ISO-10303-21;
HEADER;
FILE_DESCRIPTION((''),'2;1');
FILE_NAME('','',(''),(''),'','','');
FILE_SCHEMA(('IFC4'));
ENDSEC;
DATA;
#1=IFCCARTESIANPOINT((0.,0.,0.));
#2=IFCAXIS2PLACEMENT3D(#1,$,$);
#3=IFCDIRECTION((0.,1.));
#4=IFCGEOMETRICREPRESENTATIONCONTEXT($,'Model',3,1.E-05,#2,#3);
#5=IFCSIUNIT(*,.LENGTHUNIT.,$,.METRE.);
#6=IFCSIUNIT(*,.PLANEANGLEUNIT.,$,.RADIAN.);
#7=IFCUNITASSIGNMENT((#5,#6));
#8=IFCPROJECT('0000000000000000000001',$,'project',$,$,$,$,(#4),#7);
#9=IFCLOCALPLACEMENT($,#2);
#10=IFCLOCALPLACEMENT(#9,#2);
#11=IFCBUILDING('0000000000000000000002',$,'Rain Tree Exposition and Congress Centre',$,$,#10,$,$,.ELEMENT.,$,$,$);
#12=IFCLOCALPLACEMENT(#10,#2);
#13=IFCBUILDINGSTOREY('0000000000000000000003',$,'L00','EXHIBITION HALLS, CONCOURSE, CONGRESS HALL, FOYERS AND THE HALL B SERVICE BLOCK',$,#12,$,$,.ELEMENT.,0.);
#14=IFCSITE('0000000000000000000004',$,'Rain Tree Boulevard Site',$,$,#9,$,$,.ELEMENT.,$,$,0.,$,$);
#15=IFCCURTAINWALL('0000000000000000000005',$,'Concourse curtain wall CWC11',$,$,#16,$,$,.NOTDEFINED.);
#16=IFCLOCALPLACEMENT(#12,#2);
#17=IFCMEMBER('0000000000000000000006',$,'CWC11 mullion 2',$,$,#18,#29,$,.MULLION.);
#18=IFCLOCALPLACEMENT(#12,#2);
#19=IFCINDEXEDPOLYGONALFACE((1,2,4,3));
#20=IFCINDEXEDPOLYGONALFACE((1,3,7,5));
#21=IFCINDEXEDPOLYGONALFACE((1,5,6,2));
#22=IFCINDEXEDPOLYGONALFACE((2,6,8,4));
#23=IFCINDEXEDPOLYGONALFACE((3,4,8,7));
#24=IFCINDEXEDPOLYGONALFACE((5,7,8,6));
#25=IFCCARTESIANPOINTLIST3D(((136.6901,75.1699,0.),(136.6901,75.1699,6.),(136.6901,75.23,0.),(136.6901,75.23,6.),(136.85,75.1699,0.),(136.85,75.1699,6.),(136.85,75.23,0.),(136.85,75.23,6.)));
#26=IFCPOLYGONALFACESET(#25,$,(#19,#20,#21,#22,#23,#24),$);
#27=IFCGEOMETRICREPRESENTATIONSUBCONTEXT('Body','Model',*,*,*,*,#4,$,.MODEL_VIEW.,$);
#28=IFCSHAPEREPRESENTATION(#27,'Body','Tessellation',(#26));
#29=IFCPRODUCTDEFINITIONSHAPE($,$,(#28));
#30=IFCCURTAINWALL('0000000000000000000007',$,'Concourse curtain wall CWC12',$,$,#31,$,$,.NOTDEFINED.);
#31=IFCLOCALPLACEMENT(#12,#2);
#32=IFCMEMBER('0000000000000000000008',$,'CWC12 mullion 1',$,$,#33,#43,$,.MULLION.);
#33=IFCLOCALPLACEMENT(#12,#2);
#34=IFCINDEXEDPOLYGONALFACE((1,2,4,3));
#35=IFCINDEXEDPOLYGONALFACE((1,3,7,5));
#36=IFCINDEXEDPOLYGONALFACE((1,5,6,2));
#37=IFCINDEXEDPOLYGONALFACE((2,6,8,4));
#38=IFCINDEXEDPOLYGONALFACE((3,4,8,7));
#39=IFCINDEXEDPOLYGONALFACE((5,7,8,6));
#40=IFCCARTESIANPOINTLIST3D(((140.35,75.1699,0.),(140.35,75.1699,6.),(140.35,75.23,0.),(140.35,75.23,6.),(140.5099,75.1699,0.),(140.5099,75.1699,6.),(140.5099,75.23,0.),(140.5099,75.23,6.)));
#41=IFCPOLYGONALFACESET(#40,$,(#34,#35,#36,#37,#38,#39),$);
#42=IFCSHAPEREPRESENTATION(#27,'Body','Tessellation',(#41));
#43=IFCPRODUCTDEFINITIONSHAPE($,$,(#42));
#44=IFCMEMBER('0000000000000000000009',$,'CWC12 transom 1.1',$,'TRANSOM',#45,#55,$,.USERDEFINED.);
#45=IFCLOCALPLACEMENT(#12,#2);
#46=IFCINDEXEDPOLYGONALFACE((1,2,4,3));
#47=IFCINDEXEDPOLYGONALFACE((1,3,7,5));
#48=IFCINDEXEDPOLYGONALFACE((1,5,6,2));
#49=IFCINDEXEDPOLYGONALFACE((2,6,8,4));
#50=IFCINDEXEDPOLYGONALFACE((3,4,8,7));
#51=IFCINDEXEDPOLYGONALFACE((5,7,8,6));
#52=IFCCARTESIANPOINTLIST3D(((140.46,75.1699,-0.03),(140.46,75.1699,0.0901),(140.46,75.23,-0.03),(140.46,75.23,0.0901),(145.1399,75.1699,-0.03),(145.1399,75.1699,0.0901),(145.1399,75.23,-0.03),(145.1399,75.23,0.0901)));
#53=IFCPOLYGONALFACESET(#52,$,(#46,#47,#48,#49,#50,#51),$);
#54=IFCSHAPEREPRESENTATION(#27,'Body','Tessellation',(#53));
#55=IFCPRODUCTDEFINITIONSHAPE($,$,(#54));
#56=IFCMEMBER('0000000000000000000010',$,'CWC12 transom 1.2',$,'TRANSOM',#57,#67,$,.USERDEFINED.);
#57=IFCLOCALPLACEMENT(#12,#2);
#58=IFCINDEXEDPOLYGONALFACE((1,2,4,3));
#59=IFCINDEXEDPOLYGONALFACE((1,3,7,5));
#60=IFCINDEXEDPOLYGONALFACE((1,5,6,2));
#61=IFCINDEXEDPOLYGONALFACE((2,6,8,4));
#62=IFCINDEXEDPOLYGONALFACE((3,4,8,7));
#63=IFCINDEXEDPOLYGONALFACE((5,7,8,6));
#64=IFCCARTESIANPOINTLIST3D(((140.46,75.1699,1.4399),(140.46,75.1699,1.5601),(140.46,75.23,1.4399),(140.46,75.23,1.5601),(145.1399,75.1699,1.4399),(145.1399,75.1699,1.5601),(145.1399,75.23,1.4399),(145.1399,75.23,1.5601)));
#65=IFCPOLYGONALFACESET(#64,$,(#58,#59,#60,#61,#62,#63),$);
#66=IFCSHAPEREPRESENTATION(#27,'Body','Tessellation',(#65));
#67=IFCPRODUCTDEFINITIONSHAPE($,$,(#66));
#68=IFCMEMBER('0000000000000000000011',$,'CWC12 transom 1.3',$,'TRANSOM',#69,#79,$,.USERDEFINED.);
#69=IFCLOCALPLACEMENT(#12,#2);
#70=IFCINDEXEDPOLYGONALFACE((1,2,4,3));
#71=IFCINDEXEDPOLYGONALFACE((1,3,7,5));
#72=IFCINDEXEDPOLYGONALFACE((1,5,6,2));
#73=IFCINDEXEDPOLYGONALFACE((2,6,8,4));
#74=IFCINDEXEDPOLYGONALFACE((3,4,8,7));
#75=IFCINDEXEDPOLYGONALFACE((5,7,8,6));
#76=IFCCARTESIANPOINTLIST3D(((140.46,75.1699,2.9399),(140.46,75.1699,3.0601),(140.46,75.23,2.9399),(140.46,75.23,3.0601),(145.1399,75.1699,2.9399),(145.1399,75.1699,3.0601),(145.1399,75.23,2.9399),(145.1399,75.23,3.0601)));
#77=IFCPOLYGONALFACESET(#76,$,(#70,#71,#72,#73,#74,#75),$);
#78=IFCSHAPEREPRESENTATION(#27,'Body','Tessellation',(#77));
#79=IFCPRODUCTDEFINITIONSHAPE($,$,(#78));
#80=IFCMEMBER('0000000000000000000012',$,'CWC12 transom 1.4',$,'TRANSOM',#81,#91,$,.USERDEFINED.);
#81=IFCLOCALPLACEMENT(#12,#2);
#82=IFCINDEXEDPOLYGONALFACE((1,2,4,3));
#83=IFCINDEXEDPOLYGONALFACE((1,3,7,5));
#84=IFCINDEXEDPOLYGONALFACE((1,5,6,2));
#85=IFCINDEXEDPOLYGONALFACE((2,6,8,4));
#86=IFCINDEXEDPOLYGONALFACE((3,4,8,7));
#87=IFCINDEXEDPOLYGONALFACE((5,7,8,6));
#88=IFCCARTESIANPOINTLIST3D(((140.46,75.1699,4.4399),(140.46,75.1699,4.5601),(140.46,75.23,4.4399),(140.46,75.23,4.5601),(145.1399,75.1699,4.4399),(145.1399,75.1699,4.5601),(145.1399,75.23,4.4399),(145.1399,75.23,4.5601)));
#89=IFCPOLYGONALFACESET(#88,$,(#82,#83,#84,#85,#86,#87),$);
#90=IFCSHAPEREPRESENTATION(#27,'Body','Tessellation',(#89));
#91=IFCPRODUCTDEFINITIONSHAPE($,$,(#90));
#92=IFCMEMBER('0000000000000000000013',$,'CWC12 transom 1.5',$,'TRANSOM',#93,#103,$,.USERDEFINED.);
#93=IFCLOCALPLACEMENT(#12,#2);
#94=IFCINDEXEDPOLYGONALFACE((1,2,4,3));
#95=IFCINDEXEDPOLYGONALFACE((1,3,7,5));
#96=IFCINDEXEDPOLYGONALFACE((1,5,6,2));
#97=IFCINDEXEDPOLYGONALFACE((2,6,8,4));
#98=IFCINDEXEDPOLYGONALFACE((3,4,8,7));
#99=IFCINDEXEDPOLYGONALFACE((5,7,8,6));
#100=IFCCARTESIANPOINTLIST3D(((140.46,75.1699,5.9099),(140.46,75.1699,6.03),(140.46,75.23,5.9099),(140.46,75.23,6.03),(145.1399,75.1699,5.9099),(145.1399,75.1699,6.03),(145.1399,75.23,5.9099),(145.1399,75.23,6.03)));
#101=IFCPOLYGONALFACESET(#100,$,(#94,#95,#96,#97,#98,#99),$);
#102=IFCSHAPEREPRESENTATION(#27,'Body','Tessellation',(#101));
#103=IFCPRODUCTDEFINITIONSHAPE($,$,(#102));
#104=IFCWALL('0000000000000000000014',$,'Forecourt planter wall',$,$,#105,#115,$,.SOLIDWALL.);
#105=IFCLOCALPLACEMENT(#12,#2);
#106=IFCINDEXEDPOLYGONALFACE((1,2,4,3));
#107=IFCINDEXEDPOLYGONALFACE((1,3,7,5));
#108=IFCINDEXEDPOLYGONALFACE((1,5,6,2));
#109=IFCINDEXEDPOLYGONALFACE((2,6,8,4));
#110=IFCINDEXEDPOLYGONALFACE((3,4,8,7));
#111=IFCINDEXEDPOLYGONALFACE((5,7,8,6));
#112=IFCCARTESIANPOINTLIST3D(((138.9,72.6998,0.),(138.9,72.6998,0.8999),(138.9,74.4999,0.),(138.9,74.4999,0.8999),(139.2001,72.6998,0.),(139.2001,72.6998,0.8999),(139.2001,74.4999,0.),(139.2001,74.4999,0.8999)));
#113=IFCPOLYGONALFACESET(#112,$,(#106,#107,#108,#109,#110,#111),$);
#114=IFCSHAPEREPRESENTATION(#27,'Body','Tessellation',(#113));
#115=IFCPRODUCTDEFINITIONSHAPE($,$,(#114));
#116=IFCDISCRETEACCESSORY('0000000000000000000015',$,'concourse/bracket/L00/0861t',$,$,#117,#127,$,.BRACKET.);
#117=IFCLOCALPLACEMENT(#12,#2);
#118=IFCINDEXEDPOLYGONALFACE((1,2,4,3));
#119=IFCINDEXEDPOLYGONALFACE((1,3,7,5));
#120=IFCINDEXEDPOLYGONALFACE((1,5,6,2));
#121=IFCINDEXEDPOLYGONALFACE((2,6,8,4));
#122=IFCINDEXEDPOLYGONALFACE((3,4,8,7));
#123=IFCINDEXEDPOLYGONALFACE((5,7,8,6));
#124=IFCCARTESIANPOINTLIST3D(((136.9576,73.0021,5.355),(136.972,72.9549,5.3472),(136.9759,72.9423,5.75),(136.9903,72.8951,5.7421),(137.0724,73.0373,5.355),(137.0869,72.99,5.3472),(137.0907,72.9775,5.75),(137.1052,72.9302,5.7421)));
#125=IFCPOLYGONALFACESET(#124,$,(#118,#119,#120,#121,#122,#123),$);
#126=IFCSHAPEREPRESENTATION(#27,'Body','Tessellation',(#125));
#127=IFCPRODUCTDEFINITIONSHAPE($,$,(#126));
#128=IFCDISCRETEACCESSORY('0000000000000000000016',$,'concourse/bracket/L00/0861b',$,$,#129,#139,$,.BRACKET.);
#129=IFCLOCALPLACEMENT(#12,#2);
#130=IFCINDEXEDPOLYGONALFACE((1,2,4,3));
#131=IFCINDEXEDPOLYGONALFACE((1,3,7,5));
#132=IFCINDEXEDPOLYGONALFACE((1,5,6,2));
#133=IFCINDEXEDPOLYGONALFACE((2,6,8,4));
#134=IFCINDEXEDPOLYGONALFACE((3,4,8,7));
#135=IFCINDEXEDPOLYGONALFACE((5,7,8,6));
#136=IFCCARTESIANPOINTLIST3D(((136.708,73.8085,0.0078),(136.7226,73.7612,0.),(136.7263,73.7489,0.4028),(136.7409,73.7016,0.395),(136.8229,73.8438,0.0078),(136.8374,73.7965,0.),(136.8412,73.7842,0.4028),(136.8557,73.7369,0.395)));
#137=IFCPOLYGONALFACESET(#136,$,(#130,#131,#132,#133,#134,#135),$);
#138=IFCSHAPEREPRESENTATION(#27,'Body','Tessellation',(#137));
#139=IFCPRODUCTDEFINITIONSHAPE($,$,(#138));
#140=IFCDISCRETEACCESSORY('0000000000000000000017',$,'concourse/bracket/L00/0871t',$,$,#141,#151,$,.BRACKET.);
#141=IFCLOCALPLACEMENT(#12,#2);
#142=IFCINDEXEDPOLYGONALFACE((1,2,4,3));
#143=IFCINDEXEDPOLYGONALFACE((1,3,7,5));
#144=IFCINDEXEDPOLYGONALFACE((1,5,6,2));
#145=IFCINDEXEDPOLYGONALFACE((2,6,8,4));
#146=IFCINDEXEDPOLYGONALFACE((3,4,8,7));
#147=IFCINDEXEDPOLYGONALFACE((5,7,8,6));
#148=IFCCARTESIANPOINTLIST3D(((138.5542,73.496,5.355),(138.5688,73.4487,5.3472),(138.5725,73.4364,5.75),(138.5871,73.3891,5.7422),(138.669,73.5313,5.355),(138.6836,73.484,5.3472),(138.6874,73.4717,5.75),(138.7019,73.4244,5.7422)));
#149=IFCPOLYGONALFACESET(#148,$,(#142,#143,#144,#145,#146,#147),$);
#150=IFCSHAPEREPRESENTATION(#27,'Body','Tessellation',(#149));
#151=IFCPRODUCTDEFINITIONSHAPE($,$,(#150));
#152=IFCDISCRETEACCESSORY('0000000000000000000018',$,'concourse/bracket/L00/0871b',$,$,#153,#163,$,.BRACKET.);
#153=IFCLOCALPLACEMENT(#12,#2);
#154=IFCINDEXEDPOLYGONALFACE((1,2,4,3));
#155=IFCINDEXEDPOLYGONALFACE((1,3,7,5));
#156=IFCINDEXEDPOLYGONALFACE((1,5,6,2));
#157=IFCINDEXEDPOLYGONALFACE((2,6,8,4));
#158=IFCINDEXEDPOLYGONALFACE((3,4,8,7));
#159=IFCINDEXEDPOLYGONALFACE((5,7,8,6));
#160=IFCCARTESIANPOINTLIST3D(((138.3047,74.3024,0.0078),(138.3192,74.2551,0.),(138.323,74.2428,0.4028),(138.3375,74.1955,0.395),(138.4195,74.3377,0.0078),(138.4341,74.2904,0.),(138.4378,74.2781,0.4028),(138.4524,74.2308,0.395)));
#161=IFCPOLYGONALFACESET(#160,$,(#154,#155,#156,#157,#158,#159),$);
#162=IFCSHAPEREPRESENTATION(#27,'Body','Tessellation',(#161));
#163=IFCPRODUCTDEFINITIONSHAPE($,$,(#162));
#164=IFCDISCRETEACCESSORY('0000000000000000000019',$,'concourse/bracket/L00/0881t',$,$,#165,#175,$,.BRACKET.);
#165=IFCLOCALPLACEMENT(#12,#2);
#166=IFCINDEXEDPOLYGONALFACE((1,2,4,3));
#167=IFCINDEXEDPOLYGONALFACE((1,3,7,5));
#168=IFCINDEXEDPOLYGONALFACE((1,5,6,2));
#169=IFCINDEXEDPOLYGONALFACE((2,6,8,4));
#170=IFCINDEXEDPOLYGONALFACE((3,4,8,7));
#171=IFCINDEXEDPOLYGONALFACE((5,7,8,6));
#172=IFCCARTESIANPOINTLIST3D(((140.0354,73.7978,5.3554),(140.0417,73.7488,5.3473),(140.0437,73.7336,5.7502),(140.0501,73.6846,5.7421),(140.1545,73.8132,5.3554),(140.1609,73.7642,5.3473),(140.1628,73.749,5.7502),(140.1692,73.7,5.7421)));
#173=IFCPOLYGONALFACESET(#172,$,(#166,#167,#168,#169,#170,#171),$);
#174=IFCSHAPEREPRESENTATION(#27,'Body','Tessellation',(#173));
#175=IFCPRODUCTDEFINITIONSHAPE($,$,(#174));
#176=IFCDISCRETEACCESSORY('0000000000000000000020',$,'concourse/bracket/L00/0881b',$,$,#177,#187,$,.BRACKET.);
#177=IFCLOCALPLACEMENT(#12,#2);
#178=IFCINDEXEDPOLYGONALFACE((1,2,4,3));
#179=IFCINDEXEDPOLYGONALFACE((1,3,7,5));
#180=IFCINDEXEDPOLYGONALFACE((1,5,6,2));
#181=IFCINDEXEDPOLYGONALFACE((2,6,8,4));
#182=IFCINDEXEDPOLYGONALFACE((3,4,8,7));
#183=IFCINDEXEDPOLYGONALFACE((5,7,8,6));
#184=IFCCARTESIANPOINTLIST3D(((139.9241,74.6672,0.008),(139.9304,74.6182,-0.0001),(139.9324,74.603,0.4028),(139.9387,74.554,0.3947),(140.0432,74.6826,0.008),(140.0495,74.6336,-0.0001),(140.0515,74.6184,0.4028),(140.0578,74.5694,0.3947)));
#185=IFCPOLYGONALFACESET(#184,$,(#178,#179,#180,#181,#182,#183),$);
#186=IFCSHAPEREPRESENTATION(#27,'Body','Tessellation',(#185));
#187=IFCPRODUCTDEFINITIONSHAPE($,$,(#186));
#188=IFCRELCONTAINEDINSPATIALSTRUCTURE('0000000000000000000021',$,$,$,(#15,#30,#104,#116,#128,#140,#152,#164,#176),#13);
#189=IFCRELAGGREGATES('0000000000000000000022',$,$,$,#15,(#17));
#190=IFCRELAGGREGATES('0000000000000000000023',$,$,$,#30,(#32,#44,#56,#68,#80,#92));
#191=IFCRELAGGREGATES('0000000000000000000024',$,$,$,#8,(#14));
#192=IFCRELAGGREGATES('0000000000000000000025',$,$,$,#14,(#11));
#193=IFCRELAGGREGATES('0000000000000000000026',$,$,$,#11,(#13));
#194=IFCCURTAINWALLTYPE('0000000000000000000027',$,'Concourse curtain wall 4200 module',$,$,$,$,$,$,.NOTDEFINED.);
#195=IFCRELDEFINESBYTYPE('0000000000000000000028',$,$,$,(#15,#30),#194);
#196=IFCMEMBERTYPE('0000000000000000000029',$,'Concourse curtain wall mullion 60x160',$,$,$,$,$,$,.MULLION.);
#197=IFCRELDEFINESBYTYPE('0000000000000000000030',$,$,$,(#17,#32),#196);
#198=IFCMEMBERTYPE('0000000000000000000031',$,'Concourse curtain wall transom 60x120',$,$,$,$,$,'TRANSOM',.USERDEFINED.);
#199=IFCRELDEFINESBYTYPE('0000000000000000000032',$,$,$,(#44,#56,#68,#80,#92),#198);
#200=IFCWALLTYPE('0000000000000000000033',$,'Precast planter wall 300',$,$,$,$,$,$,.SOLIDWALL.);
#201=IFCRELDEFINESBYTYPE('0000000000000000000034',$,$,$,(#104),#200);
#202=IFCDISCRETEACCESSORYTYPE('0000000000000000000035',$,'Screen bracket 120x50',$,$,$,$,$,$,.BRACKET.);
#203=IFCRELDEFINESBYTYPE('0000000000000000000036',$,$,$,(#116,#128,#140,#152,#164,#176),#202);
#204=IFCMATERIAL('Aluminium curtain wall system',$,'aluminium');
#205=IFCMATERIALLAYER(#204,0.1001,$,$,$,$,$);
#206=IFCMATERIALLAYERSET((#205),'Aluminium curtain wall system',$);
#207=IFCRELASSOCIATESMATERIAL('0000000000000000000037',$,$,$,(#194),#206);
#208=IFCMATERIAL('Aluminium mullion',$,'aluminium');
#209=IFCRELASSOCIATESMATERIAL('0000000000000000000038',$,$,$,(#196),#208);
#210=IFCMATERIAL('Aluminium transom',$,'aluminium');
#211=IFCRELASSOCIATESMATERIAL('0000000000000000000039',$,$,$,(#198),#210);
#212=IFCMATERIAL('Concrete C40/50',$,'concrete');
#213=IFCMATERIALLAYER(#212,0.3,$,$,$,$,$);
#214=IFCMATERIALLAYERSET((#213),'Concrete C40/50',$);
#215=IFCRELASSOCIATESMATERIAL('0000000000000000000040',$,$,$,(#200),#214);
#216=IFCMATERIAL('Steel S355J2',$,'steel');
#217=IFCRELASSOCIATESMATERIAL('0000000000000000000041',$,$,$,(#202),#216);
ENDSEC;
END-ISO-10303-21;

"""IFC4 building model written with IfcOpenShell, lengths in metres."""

from ifc_helpers import new_model, si_unit, direction, frame, frame_2d, origin, origin_2d, place, context, subcontext, project, spatial, rectangle, extrude, material, layer, layer_set, material_profile, profile_set, type_object, element, aggregate, save


model = new_model("IFC4")

# Units and contexts
model_context = context("Model", 3, precision=1e-05, world=origin(), true_north=direction((0.0, 1.0)))
body_context = subcontext(model_context, "Body", "Model", "MODEL_VIEW")
ifc_project = project(units=[si_unit("LENGTHUNIT", "METRE"), si_unit("PLANEANGLEUNIT", "RADIAN")], contexts=[model_context])

# Site, building, storey
site_placement = place(None, origin())
site = spatial("IfcSite", under=ifc_project, at=site_placement, Name="Rain Tree Boulevard Site", CompositionType="ELEMENT", RefElevation=0.0)
building_placement = place(site_placement, origin())
building = spatial("IfcBuilding", under=site, at=building_placement, Name="Rain Tree Exposition and Congress Centre", CompositionType="ELEMENT")
storey_placement = place(building_placement, origin())
storey = spatial("IfcBuildingStorey", under=building, at=storey_placement, Name="L00", Description="EXHIBITION HALLS, CONCOURSE, CONGRESS HALL, FOYERS AND THE HALL B SERVICE BLOCK", CompositionType="ELEMENT", Elevation=0.0)

# Curtain wall, member
ifc_material_1 = material(Name="Aluminium curtain wall system", Category="aluminium")
ifc_layer_1 = layer(ifc_material_1, 0.1001)
ifc_layer_set_1 = layer_set([ifc_layer_1], Name="Aluminium curtain wall system")
curtain_wall_type = type_object("IfcCurtainWallType", Name="Concourse curtain wall 4200 module", PredefinedType="NOTDEFINED", material=ifc_layer_set_1)
curtain_wall_1_placement = place(storey_placement, origin())
curtain_wall_1 = element("IfcCurtainWall", 1, at=curtain_wall_1_placement, inside=storey, type_object=curtain_wall_type, Name="Concourse curtain wall CWC11", PredefinedType="NOTDEFINED")
ifc_material_2 = material(Name="Aluminium mullion", Category="aluminium")
ifc_material_profile_1 = material_profile(ifc_material_2, rectangle(XDim=0.0601, YDim=0.1599, at=origin_2d()), Name="AL 60x160")
ifc_profile_set_1 = profile_set([ifc_material_profile_1], Name="Aluminium mullion")
member_type_1 = type_object("IfcMemberType", Name="Concourse curtain wall mullion 60x160", PredefinedType="MULLION", material=ifc_profile_set_1)
member_1_placement = place(storey_placement, frame((136.77, 75.2, 0.0), z_axis=(0.0, 0.0, 1.0), x_axis=(0.0, 1.0, 0.0)))
member_1 = element("IfcMember", 2, at=member_1_placement, type_object=member_type_1, Name="CWC11 mullion 2", PredefinedType="MULLION", context=body_context, shape_type="SweptSolid", body=[
    extrude(rectangle(XDim=0.0601, YDim=0.1599, at=origin_2d()), origin(), (0.0, 0.0, 1.0), 6.0),
])
aggregate(curtain_wall_1, [member_1])

# Curtain wall, members
curtain_wall_2_placement = place(storey_placement, origin())
curtain_wall_2 = element("IfcCurtainWall", 3, at=curtain_wall_2_placement, inside=storey, type_object=curtain_wall_type, Name="Concourse curtain wall CWC12", PredefinedType="NOTDEFINED")
member_2_placement = place(storey_placement, frame((140.4299, 75.2, 0.0), z_axis=(0.0, 0.0, 1.0), x_axis=(0.0, 1.0, 0.0)))
member_2 = element("IfcMember", 4, at=member_2_placement, type_object=member_type_1, Name="CWC12 mullion 1", PredefinedType="MULLION", context=body_context, shape_type="SweptSolid", body=[
    extrude(rectangle(XDim=0.0601, YDim=0.1599, at=origin_2d()), origin(), (0.0, 0.0, 1.0), 6.0),
])
ifc_material_3 = material(Name="Aluminium transom", Category="aluminium")
ifc_material_profile_2 = material_profile(ifc_material_3, rectangle(XDim=0.0601, YDim=0.1201, at=origin_2d()), Name="AL 60x120")
ifc_profile_set_2 = profile_set([ifc_material_profile_2], Name="Aluminium transom")
member_type_2 = type_object("IfcMemberType", Name="Concourse curtain wall transom 60x120", ElementType="TRANSOM", PredefinedType="USERDEFINED", material=ifc_profile_set_2)
member_3_placement = place(storey_placement, frame((140.46, 75.2, 0.03), z_axis=(1.0, 0.0, 0.0), x_axis=(0.0, 1.0, 0.0)))
member_3 = element("IfcMember", 5, at=member_3_placement, type_object=member_type_2, Name="CWC12 transom 1.1", ObjectType="TRANSOM", PredefinedType="USERDEFINED", context=body_context, shape_type="SweptSolid", body=[
    extrude(rectangle(XDim=0.0601, YDim=0.1201, at=origin_2d()), origin(), (0.0, 0.0, 1.0), 4.6799),
])
member_4_placement = place(storey_placement, frame((140.46, 75.2, 1.5), z_axis=(1.0, 0.0, 0.0), x_axis=(0.0, 1.0, 0.0)))
member_4 = element("IfcMember", 6, at=member_4_placement, type_object=member_type_2, Name="CWC12 transom 1.2", ObjectType="TRANSOM", PredefinedType="USERDEFINED", context=body_context, shape_type="SweptSolid", body=[
    extrude(rectangle(XDim=0.0601, YDim=0.1201, at=origin_2d()), origin(), (0.0, 0.0, 1.0), 4.6799),
])
member_5_placement = place(storey_placement, frame((140.46, 75.2, 3.0), z_axis=(1.0, 0.0, 0.0), x_axis=(0.0, 1.0, 0.0)))
member_5 = element("IfcMember", 7, at=member_5_placement, type_object=member_type_2, Name="CWC12 transom 1.3", ObjectType="TRANSOM", PredefinedType="USERDEFINED", context=body_context, shape_type="SweptSolid", body=[
    extrude(rectangle(XDim=0.0601, YDim=0.1201, at=origin_2d()), origin(), (0.0, 0.0, 1.0), 4.6799),
])
member_6_placement = place(storey_placement, frame((140.46, 75.2, 4.5), z_axis=(1.0, 0.0, 0.0), x_axis=(0.0, 1.0, 0.0)))
member_6 = element("IfcMember", 8, at=member_6_placement, type_object=member_type_2, Name="CWC12 transom 1.4", ObjectType="TRANSOM", PredefinedType="USERDEFINED", context=body_context, shape_type="SweptSolid", body=[
    extrude(rectangle(XDim=0.0601, YDim=0.1201, at=origin_2d()), origin(), (0.0, 0.0, 1.0), 4.6799),
])
member_7_placement = place(storey_placement, frame((140.46, 75.2, 5.97), z_axis=(1.0, 0.0, 0.0), x_axis=(0.0, 1.0, 0.0)))
member_7 = element("IfcMember", 9, at=member_7_placement, type_object=member_type_2, Name="CWC12 transom 1.5", ObjectType="TRANSOM", PredefinedType="USERDEFINED", context=body_context, shape_type="SweptSolid", body=[
    extrude(rectangle(XDim=0.0601, YDim=0.1201, at=origin_2d()), origin(), (0.0, 0.0, 1.0), 4.6799),
])
aggregate(curtain_wall_2, [member_2, member_3, member_4, member_5, member_6, member_7])

# Wall
ifc_material_4 = material(Name="Concrete C40/50", Category="concrete")
ifc_layer_2 = layer(ifc_material_4, 0.3)
ifc_layer_set_2 = layer_set([ifc_layer_2], Name="Concrete C40/50")
wall_type_1 = type_object("IfcWallType", Name="Precast planter wall 300", PredefinedType="SOLIDWALL", material=ifc_layer_set_2)
wall_1_placement = place(storey_placement, frame((139.05, 72.7, 0.0), z_axis=(0.0, 0.0, 1.0), x_axis=(0.0, 1.0, 0.0)))
element("IfcWall", 10, at=wall_1_placement, inside=storey, type_object=wall_type_1, Name="Forecourt planter wall", PredefinedType="SOLIDWALL", context=body_context, shape_type="SweptSolid", body=[
    extrude(rectangle(XDim=1.8, YDim=0.3, at=frame_2d((0.8999, 0.0))), origin(), (0.0, 0.0, 1.0), 0.8999),
])

# Discrete accessories
ifc_material_5 = material(Name="Steel S355J2", Category="steel")
ifc_material_profile_3 = material_profile(ifc_material_5, rectangle(XDim=0.1201, YDim=0.05, at=origin_2d()), Name="Flat bar 120x50")
ifc_profile_set_3 = profile_set([ifc_material_profile_3], Name="Steel S355J2")
discrete_accessory_type = type_object("IfcDiscreteAccessoryType", Name="Screen bracket 120x50", PredefinedType="BRACKET", material=ifc_profile_set_3)
for number, where, z_axis, x_axis, name in (
    (11, (137.0222, 72.9961, 5.3511), (0.045783, -0.149558, 0.987692), (0.9562, 0.292714, 0.0), "concourse/bracket/L00/0861t"),
    (12, (136.7727, 73.8025, 0.0039), (0.045787, -0.148961, 0.987782), (0.955864, 0.293811, 0.0), "concourse/bracket/L00/0861b"),
    (13, (138.6189, 73.49, 5.3511), (0.045787, -0.148961, 0.987782), (0.955864, 0.293811, 0.0), "concourse/bracket/L00/0871t"),
    (14, (138.3694, 74.2964, 0.0039), (0.045787, -0.148961, 0.987782), (0.955864, 0.293811, 0.0), "concourse/bracket/L00/0871b"),
):
    element("IfcDiscreteAccessory", number, at=place(storey_placement, frame(where, z_axis=z_axis, x_axis=x_axis)), inside=storey, type_object=discrete_accessory_type, Name=name, PredefinedType="BRACKET", context=body_context, shape_type="SweptSolid", body=[
        extrude(rectangle(XDim=0.1201, YDim=0.05, at=origin_2d()), origin(), (0.0, 0.0, 1.0), 0.3999),
    ])
for number, where, z_axis, x_axis, name in (
    (15, (140.0981, 73.781, 5.3513), (0.020749, -0.160503, 0.986817), (0.991747, 0.128211, 0.0), "concourse/bracket/L00/0881t"),
    (16, (139.9868, 74.6504, 0.0039), (0.020749, -0.160503, 0.986817), (0.991747, 0.128211, 0.0), "concourse/bracket/L00/0881b"),
):
    element("IfcDiscreteAccessory", number, at=place(storey_placement, frame(where, z_axis=z_axis, x_axis=x_axis)), inside=storey, type_object=discrete_accessory_type, Name=name, PredefinedType="BRACKET", context=body_context, shape_type="SweptSolid", body=[
        extrude(rectangle(XDim=0.1201, YDim=0.05, at=origin_2d()), origin(), (0.0, 0.0, 1.0), 0.4001),
    ])

save(model, "model.ifc")
